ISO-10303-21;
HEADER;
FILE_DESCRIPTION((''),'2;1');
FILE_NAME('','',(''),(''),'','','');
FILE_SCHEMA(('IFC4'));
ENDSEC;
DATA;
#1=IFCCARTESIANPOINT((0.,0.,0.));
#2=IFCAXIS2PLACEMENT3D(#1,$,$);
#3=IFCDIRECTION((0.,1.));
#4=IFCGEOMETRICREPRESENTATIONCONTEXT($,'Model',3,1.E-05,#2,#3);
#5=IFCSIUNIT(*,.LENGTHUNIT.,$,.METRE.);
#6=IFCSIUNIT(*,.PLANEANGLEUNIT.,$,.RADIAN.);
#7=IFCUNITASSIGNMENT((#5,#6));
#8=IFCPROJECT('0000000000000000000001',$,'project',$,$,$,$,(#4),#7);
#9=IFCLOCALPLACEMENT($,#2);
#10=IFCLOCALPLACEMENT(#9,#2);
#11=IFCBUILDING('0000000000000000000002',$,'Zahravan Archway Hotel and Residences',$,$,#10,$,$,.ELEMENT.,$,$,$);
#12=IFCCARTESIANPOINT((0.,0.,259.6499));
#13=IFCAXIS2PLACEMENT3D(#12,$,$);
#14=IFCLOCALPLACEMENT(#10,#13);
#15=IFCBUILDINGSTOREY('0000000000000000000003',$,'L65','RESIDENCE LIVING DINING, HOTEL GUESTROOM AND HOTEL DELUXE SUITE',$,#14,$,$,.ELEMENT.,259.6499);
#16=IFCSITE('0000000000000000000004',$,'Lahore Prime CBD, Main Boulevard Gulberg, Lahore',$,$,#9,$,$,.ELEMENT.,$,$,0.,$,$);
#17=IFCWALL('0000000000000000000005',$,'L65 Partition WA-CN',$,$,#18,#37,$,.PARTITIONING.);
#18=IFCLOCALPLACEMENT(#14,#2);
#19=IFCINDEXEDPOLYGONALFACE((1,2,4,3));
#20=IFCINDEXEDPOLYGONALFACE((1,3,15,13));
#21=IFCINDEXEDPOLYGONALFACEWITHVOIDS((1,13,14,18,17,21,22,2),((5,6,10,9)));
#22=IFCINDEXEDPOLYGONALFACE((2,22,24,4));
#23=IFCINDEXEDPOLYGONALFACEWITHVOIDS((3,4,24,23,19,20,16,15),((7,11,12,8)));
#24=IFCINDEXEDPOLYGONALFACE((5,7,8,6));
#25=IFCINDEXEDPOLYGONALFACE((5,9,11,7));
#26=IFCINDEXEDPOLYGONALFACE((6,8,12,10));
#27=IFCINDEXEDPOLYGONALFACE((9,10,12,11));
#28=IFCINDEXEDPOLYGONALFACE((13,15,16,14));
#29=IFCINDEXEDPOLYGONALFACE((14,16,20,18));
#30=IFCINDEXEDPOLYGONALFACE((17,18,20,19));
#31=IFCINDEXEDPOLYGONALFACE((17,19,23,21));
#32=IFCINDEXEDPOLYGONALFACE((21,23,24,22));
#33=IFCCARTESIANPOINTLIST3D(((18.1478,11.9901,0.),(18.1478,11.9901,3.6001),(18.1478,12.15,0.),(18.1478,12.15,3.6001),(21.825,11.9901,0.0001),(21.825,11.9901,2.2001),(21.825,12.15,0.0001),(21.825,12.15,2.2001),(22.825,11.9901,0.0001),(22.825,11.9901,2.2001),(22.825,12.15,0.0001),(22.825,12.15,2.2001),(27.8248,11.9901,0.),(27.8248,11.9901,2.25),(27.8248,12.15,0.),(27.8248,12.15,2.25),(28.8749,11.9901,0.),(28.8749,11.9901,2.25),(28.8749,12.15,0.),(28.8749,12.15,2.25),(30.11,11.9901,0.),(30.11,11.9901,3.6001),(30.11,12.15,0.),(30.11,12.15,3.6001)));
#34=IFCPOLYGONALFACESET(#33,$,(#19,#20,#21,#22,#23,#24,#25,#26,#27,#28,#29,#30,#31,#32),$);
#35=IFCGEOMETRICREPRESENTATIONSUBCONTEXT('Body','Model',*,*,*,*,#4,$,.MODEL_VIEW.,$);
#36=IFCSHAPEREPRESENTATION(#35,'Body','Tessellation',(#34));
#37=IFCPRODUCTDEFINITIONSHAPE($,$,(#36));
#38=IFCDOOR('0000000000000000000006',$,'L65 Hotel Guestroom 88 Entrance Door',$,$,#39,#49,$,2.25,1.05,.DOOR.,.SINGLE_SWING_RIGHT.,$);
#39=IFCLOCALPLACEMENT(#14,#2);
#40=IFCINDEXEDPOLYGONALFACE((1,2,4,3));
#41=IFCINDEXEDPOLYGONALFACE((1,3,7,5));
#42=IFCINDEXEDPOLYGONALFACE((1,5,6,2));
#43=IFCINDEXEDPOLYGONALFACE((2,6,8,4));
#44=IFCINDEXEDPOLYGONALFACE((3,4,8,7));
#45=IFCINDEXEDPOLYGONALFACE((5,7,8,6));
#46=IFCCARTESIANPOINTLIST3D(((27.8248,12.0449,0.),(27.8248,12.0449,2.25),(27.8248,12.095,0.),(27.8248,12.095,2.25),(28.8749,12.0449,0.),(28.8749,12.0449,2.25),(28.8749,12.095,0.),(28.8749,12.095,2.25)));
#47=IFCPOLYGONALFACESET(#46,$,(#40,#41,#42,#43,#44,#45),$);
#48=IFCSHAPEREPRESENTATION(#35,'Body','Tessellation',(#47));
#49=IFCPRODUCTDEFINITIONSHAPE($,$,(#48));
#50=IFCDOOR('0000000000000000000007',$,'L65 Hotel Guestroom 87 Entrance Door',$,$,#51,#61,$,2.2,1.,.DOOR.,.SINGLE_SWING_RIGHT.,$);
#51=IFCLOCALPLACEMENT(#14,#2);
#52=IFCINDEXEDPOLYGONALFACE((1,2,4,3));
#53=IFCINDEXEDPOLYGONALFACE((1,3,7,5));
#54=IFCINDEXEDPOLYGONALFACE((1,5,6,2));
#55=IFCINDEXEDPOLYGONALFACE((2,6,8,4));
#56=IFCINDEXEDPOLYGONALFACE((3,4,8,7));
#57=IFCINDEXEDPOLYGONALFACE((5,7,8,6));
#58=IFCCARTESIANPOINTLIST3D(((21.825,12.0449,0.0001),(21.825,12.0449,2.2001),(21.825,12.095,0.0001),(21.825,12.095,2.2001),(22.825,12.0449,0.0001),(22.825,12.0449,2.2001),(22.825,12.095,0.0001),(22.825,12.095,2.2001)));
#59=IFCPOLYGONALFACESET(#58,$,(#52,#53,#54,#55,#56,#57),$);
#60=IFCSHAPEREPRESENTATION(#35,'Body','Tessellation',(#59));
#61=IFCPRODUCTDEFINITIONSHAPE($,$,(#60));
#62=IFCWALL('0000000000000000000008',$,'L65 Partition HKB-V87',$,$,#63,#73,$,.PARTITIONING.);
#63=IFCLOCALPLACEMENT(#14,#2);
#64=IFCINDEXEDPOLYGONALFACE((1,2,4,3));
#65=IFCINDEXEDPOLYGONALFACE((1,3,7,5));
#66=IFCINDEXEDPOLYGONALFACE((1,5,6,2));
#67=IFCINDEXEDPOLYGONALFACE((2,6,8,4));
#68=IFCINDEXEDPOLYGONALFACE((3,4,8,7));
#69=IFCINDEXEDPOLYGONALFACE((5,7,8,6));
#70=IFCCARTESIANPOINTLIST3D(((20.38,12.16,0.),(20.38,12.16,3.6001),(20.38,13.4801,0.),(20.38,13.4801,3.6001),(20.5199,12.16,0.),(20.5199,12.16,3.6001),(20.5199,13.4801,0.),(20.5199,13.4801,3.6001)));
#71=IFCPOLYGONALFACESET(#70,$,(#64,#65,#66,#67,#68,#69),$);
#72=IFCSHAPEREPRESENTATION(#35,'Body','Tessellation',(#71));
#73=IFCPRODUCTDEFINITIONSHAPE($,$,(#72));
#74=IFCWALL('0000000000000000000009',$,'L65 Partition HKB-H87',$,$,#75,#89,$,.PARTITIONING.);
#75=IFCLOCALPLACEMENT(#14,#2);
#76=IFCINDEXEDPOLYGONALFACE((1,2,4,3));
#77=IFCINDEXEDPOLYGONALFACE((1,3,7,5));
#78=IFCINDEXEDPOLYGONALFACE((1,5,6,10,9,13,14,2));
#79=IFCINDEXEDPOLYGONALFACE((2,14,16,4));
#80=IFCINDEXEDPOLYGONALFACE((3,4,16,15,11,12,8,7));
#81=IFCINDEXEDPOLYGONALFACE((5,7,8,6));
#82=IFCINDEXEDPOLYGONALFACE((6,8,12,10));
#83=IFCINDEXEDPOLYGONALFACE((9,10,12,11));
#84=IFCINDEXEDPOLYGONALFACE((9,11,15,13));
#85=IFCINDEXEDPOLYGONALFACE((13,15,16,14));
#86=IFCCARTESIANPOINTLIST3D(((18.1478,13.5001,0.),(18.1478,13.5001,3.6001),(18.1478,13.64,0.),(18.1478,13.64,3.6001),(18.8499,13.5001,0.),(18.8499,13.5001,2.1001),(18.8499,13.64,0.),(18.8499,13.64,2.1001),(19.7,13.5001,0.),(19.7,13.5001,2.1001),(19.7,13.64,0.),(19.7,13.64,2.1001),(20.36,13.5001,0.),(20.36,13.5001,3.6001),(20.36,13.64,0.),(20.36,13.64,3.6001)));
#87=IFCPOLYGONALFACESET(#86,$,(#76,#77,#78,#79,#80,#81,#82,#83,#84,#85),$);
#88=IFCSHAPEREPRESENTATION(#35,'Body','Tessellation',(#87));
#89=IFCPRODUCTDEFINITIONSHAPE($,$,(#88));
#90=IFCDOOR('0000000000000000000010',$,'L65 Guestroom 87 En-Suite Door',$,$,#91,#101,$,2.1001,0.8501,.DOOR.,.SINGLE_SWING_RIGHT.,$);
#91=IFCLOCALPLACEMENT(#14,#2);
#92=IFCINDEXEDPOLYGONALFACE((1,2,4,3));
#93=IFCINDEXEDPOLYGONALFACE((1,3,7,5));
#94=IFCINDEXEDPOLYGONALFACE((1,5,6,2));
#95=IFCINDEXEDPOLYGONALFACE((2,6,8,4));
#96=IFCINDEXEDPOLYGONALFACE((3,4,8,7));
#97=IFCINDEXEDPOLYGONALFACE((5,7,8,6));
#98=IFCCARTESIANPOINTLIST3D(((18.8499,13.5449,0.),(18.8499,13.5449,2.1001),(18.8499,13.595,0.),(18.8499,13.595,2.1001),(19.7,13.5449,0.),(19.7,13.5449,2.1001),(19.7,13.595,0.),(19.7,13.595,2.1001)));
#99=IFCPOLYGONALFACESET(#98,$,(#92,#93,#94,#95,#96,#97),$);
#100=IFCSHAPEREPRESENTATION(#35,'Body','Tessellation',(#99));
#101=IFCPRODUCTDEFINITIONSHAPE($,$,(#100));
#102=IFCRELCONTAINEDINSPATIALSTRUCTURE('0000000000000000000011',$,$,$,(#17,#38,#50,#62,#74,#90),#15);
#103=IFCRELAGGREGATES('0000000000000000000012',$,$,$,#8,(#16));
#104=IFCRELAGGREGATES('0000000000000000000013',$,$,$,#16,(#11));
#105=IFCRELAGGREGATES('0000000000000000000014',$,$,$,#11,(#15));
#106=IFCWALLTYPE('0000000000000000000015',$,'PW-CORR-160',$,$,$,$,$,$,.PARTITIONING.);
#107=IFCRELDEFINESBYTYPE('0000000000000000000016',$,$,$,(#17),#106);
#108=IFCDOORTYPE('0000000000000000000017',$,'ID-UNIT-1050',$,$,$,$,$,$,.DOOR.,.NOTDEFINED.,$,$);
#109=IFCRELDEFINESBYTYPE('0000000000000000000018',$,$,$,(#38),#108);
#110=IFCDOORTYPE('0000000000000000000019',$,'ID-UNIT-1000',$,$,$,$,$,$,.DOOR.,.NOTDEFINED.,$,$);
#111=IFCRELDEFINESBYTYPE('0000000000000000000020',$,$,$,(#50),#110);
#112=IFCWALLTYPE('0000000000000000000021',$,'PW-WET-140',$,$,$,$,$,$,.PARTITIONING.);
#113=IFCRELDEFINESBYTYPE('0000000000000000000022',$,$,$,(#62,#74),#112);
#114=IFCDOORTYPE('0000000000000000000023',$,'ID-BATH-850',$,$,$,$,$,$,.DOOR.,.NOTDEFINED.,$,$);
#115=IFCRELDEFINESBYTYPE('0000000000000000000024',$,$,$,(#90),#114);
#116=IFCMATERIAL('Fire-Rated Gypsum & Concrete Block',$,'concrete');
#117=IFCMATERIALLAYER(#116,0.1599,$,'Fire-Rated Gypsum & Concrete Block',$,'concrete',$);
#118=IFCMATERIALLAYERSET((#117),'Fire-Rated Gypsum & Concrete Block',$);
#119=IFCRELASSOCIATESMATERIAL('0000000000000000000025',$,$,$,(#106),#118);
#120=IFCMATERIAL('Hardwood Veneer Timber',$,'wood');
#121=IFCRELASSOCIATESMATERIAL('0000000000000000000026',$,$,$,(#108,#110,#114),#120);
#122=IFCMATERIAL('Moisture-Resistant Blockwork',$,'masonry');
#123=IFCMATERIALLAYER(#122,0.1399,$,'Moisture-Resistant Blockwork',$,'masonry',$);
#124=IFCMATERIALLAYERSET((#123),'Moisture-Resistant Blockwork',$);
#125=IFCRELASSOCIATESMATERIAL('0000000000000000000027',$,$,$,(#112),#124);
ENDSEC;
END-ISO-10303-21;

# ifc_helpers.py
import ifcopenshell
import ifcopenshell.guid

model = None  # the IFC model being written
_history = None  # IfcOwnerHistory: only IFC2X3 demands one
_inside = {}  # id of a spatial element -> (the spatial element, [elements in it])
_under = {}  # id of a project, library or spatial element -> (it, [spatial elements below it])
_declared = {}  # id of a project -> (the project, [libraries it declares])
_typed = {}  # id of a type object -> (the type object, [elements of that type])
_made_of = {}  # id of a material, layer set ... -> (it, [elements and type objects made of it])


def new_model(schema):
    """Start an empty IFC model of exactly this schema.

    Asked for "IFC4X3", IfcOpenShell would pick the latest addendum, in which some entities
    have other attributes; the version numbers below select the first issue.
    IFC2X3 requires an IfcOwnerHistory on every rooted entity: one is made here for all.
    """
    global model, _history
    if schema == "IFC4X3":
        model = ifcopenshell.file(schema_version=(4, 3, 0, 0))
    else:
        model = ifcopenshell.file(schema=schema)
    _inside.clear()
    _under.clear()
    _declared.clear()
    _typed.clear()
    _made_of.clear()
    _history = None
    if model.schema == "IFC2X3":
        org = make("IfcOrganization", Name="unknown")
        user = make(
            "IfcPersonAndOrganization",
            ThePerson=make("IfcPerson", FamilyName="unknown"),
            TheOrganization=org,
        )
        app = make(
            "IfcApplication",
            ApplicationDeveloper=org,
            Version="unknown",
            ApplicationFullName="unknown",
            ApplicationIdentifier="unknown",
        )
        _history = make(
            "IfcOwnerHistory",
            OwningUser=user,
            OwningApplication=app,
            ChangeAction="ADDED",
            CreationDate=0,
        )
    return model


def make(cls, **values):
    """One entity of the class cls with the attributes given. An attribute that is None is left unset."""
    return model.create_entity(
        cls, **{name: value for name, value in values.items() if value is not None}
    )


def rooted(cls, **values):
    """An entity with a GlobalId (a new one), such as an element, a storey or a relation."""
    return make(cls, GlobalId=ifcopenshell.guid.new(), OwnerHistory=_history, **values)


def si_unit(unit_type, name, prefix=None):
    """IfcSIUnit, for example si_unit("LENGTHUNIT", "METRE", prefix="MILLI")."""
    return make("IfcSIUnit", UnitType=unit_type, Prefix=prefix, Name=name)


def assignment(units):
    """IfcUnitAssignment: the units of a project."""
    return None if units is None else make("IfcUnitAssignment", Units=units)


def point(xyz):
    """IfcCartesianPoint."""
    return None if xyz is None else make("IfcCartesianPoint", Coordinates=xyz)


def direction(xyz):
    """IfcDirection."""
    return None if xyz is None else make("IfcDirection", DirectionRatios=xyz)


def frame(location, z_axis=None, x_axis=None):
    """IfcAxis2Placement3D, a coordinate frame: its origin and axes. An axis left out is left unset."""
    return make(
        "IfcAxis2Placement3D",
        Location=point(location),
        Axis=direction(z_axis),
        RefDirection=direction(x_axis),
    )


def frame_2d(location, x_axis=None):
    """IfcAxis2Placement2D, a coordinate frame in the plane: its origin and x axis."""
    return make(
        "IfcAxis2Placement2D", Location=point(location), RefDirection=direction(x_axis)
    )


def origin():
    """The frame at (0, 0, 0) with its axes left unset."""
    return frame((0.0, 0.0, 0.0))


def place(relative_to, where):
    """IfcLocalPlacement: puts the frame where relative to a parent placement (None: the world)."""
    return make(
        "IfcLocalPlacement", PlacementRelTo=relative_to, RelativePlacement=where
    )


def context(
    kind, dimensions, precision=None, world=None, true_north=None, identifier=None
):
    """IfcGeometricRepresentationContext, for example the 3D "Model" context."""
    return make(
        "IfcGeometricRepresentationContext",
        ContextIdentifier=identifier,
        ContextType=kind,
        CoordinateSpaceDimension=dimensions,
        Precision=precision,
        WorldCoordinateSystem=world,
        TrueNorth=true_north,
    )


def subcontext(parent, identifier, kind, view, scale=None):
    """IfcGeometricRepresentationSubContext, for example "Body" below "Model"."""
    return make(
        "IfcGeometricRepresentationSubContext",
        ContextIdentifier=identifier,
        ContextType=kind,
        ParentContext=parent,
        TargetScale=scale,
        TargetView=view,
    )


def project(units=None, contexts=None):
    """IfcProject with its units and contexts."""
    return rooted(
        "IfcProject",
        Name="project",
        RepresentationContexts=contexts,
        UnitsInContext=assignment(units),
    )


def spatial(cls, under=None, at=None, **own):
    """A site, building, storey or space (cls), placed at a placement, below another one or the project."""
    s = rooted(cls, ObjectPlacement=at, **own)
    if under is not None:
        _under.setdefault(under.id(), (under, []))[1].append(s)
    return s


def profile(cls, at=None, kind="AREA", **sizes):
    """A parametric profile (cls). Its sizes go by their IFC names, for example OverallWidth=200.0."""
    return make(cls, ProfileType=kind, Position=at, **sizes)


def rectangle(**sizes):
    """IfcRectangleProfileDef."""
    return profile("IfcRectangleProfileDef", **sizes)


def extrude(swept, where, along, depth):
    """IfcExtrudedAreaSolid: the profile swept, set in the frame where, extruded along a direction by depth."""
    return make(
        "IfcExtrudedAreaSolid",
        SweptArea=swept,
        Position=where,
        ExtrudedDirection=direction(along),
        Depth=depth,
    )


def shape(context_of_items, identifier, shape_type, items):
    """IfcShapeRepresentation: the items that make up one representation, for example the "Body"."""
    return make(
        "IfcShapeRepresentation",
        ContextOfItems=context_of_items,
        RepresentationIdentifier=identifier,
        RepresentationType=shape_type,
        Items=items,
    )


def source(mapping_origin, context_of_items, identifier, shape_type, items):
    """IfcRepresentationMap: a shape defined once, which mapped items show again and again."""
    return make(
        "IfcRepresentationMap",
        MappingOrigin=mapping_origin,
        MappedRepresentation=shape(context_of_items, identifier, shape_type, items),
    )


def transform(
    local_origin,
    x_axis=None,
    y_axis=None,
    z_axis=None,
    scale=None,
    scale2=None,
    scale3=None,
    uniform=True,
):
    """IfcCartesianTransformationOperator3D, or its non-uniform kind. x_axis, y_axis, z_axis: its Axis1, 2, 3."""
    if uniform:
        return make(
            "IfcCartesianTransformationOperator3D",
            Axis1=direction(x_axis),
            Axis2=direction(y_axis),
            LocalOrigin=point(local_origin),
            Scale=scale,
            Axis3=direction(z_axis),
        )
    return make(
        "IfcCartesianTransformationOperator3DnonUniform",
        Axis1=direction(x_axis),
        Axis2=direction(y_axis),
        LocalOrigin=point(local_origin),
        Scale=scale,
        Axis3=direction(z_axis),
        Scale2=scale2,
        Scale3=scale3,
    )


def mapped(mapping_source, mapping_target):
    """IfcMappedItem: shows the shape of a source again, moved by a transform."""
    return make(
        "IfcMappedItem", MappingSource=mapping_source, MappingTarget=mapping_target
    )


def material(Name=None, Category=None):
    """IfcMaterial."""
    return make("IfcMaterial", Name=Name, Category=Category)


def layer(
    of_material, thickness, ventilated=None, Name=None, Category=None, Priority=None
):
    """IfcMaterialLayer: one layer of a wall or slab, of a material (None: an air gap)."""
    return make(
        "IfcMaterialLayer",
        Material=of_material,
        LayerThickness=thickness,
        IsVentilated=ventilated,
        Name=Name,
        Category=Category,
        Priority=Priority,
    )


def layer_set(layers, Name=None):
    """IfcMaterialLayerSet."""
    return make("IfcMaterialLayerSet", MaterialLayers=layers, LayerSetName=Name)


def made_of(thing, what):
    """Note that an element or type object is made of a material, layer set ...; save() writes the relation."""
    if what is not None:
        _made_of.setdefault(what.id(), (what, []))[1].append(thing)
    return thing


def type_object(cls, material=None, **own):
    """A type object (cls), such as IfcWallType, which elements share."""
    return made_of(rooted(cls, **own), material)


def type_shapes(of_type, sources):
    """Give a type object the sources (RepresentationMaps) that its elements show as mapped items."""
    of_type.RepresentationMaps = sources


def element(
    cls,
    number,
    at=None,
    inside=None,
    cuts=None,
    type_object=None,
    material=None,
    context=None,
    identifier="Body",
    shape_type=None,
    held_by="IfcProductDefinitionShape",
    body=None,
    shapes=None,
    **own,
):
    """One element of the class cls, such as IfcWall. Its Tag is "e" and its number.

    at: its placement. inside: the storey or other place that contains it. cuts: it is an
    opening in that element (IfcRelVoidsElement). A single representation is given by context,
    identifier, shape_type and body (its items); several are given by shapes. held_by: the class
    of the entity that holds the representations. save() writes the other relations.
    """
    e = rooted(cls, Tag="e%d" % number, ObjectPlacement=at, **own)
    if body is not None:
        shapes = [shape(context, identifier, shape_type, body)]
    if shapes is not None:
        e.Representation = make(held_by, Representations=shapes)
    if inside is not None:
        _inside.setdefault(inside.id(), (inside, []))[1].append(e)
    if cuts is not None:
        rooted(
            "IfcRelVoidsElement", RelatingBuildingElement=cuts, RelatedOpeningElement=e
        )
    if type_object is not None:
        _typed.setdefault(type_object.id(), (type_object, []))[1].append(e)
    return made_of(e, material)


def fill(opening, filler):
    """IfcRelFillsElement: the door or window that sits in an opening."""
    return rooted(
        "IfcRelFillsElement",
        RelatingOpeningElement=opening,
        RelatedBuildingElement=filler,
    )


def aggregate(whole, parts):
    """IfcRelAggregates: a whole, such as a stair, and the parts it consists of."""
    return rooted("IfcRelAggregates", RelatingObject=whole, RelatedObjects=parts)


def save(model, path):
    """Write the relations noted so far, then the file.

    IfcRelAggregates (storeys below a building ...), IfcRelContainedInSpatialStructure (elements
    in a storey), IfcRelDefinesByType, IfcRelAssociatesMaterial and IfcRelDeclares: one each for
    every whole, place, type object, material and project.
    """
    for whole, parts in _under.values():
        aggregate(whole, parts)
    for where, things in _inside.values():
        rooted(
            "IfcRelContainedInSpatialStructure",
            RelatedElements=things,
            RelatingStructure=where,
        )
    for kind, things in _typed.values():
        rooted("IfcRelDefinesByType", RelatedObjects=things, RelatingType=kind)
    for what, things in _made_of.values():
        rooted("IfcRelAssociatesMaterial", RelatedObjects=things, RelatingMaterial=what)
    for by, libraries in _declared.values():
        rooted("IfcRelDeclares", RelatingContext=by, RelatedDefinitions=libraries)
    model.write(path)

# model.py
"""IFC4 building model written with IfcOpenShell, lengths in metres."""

from ifc_helpers import new_model, si_unit, direction, frame, frame_2d, origin, place, context, subcontext, project, spatial, rectangle, extrude, source, transform, mapped, material, layer, layer_set, type_object, type_shapes, element, fill, save


model = new_model("IFC4")

# Units and contexts
model_context = context("Model", 3, precision=1e-05, world=origin(), true_north=direction((0.0, 1.0)))
body_context = subcontext(model_context, "Body", "Model", "MODEL_VIEW")
ifc_project = project(units=[si_unit("LENGTHUNIT", "METRE"), si_unit("PLANEANGLEUNIT", "RADIAN")], contexts=[model_context])

# Site, building, storey
site_placement = place(None, origin())
site = spatial("IfcSite", under=ifc_project, at=site_placement, Name="Lahore Prime CBD, Main Boulevard Gulberg, Lahore", CompositionType="ELEMENT", RefElevation=0.0)
building_placement = place(site_placement, origin())
building = spatial("IfcBuilding", under=site, at=building_placement, Name="Zahravan Archway Hotel and Residences", CompositionType="ELEMENT")
storey_placement = place(building_placement, frame((0.0, 0.0, 259.6499)))
storey = spatial("IfcBuildingStorey", under=building, at=storey_placement, Name="L65", Description="RESIDENCE LIVING DINING, HOTEL GUESTROOM AND HOTEL DELUXE SUITE", CompositionType="ELEMENT", Elevation=259.6499)

# Wall, openings, doors
ifc_material_1 = material(Name="Fire-Rated Gypsum & Concrete Block", Category="concrete")
ifc_layer_1 = layer(ifc_material_1, 0.1599, Name="Fire-Rated Gypsum & Concrete Block", Category="concrete")
ifc_layer_set_1 = layer_set([ifc_layer_1], Name="Fire-Rated Gypsum & Concrete Block")
wall_type_1 = type_object("IfcWallType", Name="PW-CORR-160", PredefinedType="PARTITIONING", material=ifc_layer_set_1)
wall_1_placement = place(storey_placement, frame((18.1479, 12.0701, 0.0), z_axis=(0.0, 0.0, 1.0), x_axis=(1.0, 0.0, 0.0)))
wall_1 = element("IfcWall", 1, at=wall_1_placement, inside=storey, type_object=wall_type_1, Name="L65 Partition WA-CN", PredefinedType="PARTITIONING", context=body_context, shape_type="SweptSolid", body=[
    extrude(rectangle(XDim=11.9622, YDim=0.1599, at=frame_2d((5.981, 0.0))), origin(), (0.0, 0.0, 1.0), 3.6001),
])
opening_1_placement = place(wall_1_placement, frame((3.677, 0.0, 0.0)))
opening_1 = element("IfcOpeningElement", 2, at=opening_1_placement, cuts=wall_1, PredefinedType="OPENING", context=body_context, shape_type="SweptSolid", body=[
    extrude(rectangle(XDim=1.0, YDim=2.2, at=frame_2d((0.5, 1.1001))), frame((0.0, 0.0898, 0.0), z_axis=(0.0, -1.0, 0.0), x_axis=(1.0, 0.0, 0.0)), (0.0, 0.0, 1.0), 0.1799),
])
opening_2_placement = place(wall_1_placement, frame((9.677, 0.0, 0.0)))
opening_2 = element("IfcOpeningElement", 3, at=opening_2_placement, cuts=wall_1, PredefinedType="OPENING", context=body_context, shape_type="SweptSolid", body=[
    extrude(rectangle(XDim=1.05, YDim=2.25, at=frame_2d((0.5249, 1.125))), frame((0.0, 0.0898, 0.0), z_axis=(0.0, -1.0, 0.0), x_axis=(1.0, 0.0, 0.0)), (0.0, 0.0, 1.0), 0.1799),
])
ifc_material_2 = material(Name="Hardwood Veneer Timber", Category="wood")
door_type_1 = type_object("IfcDoorType", Name="ID-UNIT-1050", OperationType="NOTDEFINED", PredefinedType="DOOR", material=ifc_material_2)
shared_shape_1 = source(origin(), body_context, "Body", "SweptSolid", [
    extrude(rectangle(XDim=1.05, YDim=2.25, at=frame_2d((0.5249, 1.125))), frame((0.0, 0.0249, 0.0), z_axis=(0.0, -1.0, 0.0), x_axis=(1.0, 0.0, 0.0)), (0.0, 0.0, 1.0), 0.05),
])
type_shapes(door_type_1, [shared_shape_1])
door_1_placement = place(opening_2_placement, origin())
door_1 = element("IfcDoor", 4, at=door_1_placement, inside=storey, type_object=door_type_1, Name="L65 Hotel Guestroom 88 Entrance Door", OperationType="SINGLE_SWING_RIGHT", OverallHeight=2.25, OverallWidth=1.05, PredefinedType="DOOR", context=body_context, shape_type="MappedRepresentation", body=[
    mapped(shared_shape_1, transform((0.0, 0.0, 0.0), scale=1.0)),
])
fill(opening_2, door_1)
door_type_2 = type_object("IfcDoorType", Name="ID-UNIT-1000", OperationType="NOTDEFINED", PredefinedType="DOOR", material=ifc_material_2)
shared_shape_2 = source(origin(), body_context, "Body", "SweptSolid", [
    extrude(rectangle(XDim=1.0, YDim=2.2, at=frame_2d((0.5, 1.1001))), frame((0.0, 0.0249, 0.0), z_axis=(0.0, -1.0, 0.0), x_axis=(1.0, 0.0, 0.0)), (0.0, 0.0, 1.0), 0.05),
])
type_shapes(door_type_2, [shared_shape_2])
door_2_placement = place(opening_1_placement, origin())
door_2 = element("IfcDoor", 5, at=door_2_placement, inside=storey, type_object=door_type_2, Name="L65 Hotel Guestroom 87 Entrance Door", OperationType="SINGLE_SWING_RIGHT", OverallHeight=2.2, OverallWidth=1.0, PredefinedType="DOOR", context=body_context, shape_type="MappedRepresentation", body=[
    mapped(shared_shape_2, transform((0.0, 0.0, 0.0), scale=1.0)),
])
fill(opening_1, door_2)

# Wall
ifc_material_3 = material(Name="Moisture-Resistant Blockwork", Category="masonry")
ifc_layer_2 = layer(ifc_material_3, 0.1399, Name="Moisture-Resistant Blockwork", Category="masonry")
ifc_layer_set_2 = layer_set([ifc_layer_2], Name="Moisture-Resistant Blockwork")
wall_type_2 = type_object("IfcWallType", Name="PW-WET-140", PredefinedType="PARTITIONING", material=ifc_layer_set_2)
wall_2_placement = place(storey_placement, frame((20.45, 12.1599, 0.0), z_axis=(0.0, 0.0, 1.0), x_axis=(0.0, 1.0, 0.0)))
element("IfcWall", 6, at=wall_2_placement, inside=storey, type_object=wall_type_2, Name="L65 Partition HKB-V87", PredefinedType="PARTITIONING", context=body_context, shape_type="SweptSolid", body=[
    extrude(rectangle(XDim=1.3201, YDim=0.1399, at=frame_2d((0.6602, 0.0))), origin(), (0.0, 0.0, 1.0), 3.6001),
])

# Wall, opening, door
wall_3_placement = place(storey_placement, frame((18.1479, 13.5701, 0.0), z_axis=(0.0, 0.0, 1.0), x_axis=(1.0, 0.0, 0.0)))
wall_3 = element("IfcWall", 7, at=wall_3_placement, inside=storey, type_object=wall_type_2, Name="L65 Partition HKB-H87", PredefinedType="PARTITIONING", context=body_context, shape_type="SweptSolid", body=[
    extrude(rectangle(XDim=2.2122, YDim=0.1399, at=frame_2d((1.106, 0.0))), origin(), (0.0, 0.0, 1.0), 3.6001),
])
opening_3_placement = place(wall_3_placement, frame((0.7019, 0.0, 0.0)))
opening_3 = element("IfcOpeningElement", 8, at=opening_3_placement, cuts=wall_3, PredefinedType="OPENING", context=body_context, shape_type="SweptSolid", body=[
    extrude(rectangle(XDim=0.8501, YDim=2.1001, at=frame_2d((0.425, 1.05))), frame((0.0, 0.0801, 0.0), z_axis=(0.0, -1.0, 0.0), x_axis=(1.0, 0.0, 0.0)), (0.0, 0.0, 1.0), 0.1599),
])
door_type_3 = type_object("IfcDoorType", Name="ID-BATH-850", OperationType="NOTDEFINED", PredefinedType="DOOR", material=ifc_material_2)
shared_shape_3 = source(origin(), body_context, "Body", "SweptSolid", [
    extrude(rectangle(XDim=0.8501, YDim=2.1001, at=frame_2d((0.425, 1.05))), frame((0.0, 0.0249, 0.0), z_axis=(0.0, -1.0, 0.0), x_axis=(1.0, 0.0, 0.0)), (0.0, 0.0, 1.0), 0.05),
])
type_shapes(door_type_3, [shared_shape_3])
door_3_placement = place(opening_3_placement, origin())
door_3 = element("IfcDoor", 9, at=door_3_placement, inside=storey, type_object=door_type_3, Name="L65 Guestroom 87 En-Suite Door", OperationType="SINGLE_SWING_RIGHT", OverallHeight=2.1001, OverallWidth=0.8501, PredefinedType="DOOR", context=body_context, shape_type="MappedRepresentation", body=[
    mapped(shared_shape_3, transform((0.0, 0.0, 0.0), scale=1.0)),
])
fill(opening_3, door_3)

save(model, "model.ifc")
